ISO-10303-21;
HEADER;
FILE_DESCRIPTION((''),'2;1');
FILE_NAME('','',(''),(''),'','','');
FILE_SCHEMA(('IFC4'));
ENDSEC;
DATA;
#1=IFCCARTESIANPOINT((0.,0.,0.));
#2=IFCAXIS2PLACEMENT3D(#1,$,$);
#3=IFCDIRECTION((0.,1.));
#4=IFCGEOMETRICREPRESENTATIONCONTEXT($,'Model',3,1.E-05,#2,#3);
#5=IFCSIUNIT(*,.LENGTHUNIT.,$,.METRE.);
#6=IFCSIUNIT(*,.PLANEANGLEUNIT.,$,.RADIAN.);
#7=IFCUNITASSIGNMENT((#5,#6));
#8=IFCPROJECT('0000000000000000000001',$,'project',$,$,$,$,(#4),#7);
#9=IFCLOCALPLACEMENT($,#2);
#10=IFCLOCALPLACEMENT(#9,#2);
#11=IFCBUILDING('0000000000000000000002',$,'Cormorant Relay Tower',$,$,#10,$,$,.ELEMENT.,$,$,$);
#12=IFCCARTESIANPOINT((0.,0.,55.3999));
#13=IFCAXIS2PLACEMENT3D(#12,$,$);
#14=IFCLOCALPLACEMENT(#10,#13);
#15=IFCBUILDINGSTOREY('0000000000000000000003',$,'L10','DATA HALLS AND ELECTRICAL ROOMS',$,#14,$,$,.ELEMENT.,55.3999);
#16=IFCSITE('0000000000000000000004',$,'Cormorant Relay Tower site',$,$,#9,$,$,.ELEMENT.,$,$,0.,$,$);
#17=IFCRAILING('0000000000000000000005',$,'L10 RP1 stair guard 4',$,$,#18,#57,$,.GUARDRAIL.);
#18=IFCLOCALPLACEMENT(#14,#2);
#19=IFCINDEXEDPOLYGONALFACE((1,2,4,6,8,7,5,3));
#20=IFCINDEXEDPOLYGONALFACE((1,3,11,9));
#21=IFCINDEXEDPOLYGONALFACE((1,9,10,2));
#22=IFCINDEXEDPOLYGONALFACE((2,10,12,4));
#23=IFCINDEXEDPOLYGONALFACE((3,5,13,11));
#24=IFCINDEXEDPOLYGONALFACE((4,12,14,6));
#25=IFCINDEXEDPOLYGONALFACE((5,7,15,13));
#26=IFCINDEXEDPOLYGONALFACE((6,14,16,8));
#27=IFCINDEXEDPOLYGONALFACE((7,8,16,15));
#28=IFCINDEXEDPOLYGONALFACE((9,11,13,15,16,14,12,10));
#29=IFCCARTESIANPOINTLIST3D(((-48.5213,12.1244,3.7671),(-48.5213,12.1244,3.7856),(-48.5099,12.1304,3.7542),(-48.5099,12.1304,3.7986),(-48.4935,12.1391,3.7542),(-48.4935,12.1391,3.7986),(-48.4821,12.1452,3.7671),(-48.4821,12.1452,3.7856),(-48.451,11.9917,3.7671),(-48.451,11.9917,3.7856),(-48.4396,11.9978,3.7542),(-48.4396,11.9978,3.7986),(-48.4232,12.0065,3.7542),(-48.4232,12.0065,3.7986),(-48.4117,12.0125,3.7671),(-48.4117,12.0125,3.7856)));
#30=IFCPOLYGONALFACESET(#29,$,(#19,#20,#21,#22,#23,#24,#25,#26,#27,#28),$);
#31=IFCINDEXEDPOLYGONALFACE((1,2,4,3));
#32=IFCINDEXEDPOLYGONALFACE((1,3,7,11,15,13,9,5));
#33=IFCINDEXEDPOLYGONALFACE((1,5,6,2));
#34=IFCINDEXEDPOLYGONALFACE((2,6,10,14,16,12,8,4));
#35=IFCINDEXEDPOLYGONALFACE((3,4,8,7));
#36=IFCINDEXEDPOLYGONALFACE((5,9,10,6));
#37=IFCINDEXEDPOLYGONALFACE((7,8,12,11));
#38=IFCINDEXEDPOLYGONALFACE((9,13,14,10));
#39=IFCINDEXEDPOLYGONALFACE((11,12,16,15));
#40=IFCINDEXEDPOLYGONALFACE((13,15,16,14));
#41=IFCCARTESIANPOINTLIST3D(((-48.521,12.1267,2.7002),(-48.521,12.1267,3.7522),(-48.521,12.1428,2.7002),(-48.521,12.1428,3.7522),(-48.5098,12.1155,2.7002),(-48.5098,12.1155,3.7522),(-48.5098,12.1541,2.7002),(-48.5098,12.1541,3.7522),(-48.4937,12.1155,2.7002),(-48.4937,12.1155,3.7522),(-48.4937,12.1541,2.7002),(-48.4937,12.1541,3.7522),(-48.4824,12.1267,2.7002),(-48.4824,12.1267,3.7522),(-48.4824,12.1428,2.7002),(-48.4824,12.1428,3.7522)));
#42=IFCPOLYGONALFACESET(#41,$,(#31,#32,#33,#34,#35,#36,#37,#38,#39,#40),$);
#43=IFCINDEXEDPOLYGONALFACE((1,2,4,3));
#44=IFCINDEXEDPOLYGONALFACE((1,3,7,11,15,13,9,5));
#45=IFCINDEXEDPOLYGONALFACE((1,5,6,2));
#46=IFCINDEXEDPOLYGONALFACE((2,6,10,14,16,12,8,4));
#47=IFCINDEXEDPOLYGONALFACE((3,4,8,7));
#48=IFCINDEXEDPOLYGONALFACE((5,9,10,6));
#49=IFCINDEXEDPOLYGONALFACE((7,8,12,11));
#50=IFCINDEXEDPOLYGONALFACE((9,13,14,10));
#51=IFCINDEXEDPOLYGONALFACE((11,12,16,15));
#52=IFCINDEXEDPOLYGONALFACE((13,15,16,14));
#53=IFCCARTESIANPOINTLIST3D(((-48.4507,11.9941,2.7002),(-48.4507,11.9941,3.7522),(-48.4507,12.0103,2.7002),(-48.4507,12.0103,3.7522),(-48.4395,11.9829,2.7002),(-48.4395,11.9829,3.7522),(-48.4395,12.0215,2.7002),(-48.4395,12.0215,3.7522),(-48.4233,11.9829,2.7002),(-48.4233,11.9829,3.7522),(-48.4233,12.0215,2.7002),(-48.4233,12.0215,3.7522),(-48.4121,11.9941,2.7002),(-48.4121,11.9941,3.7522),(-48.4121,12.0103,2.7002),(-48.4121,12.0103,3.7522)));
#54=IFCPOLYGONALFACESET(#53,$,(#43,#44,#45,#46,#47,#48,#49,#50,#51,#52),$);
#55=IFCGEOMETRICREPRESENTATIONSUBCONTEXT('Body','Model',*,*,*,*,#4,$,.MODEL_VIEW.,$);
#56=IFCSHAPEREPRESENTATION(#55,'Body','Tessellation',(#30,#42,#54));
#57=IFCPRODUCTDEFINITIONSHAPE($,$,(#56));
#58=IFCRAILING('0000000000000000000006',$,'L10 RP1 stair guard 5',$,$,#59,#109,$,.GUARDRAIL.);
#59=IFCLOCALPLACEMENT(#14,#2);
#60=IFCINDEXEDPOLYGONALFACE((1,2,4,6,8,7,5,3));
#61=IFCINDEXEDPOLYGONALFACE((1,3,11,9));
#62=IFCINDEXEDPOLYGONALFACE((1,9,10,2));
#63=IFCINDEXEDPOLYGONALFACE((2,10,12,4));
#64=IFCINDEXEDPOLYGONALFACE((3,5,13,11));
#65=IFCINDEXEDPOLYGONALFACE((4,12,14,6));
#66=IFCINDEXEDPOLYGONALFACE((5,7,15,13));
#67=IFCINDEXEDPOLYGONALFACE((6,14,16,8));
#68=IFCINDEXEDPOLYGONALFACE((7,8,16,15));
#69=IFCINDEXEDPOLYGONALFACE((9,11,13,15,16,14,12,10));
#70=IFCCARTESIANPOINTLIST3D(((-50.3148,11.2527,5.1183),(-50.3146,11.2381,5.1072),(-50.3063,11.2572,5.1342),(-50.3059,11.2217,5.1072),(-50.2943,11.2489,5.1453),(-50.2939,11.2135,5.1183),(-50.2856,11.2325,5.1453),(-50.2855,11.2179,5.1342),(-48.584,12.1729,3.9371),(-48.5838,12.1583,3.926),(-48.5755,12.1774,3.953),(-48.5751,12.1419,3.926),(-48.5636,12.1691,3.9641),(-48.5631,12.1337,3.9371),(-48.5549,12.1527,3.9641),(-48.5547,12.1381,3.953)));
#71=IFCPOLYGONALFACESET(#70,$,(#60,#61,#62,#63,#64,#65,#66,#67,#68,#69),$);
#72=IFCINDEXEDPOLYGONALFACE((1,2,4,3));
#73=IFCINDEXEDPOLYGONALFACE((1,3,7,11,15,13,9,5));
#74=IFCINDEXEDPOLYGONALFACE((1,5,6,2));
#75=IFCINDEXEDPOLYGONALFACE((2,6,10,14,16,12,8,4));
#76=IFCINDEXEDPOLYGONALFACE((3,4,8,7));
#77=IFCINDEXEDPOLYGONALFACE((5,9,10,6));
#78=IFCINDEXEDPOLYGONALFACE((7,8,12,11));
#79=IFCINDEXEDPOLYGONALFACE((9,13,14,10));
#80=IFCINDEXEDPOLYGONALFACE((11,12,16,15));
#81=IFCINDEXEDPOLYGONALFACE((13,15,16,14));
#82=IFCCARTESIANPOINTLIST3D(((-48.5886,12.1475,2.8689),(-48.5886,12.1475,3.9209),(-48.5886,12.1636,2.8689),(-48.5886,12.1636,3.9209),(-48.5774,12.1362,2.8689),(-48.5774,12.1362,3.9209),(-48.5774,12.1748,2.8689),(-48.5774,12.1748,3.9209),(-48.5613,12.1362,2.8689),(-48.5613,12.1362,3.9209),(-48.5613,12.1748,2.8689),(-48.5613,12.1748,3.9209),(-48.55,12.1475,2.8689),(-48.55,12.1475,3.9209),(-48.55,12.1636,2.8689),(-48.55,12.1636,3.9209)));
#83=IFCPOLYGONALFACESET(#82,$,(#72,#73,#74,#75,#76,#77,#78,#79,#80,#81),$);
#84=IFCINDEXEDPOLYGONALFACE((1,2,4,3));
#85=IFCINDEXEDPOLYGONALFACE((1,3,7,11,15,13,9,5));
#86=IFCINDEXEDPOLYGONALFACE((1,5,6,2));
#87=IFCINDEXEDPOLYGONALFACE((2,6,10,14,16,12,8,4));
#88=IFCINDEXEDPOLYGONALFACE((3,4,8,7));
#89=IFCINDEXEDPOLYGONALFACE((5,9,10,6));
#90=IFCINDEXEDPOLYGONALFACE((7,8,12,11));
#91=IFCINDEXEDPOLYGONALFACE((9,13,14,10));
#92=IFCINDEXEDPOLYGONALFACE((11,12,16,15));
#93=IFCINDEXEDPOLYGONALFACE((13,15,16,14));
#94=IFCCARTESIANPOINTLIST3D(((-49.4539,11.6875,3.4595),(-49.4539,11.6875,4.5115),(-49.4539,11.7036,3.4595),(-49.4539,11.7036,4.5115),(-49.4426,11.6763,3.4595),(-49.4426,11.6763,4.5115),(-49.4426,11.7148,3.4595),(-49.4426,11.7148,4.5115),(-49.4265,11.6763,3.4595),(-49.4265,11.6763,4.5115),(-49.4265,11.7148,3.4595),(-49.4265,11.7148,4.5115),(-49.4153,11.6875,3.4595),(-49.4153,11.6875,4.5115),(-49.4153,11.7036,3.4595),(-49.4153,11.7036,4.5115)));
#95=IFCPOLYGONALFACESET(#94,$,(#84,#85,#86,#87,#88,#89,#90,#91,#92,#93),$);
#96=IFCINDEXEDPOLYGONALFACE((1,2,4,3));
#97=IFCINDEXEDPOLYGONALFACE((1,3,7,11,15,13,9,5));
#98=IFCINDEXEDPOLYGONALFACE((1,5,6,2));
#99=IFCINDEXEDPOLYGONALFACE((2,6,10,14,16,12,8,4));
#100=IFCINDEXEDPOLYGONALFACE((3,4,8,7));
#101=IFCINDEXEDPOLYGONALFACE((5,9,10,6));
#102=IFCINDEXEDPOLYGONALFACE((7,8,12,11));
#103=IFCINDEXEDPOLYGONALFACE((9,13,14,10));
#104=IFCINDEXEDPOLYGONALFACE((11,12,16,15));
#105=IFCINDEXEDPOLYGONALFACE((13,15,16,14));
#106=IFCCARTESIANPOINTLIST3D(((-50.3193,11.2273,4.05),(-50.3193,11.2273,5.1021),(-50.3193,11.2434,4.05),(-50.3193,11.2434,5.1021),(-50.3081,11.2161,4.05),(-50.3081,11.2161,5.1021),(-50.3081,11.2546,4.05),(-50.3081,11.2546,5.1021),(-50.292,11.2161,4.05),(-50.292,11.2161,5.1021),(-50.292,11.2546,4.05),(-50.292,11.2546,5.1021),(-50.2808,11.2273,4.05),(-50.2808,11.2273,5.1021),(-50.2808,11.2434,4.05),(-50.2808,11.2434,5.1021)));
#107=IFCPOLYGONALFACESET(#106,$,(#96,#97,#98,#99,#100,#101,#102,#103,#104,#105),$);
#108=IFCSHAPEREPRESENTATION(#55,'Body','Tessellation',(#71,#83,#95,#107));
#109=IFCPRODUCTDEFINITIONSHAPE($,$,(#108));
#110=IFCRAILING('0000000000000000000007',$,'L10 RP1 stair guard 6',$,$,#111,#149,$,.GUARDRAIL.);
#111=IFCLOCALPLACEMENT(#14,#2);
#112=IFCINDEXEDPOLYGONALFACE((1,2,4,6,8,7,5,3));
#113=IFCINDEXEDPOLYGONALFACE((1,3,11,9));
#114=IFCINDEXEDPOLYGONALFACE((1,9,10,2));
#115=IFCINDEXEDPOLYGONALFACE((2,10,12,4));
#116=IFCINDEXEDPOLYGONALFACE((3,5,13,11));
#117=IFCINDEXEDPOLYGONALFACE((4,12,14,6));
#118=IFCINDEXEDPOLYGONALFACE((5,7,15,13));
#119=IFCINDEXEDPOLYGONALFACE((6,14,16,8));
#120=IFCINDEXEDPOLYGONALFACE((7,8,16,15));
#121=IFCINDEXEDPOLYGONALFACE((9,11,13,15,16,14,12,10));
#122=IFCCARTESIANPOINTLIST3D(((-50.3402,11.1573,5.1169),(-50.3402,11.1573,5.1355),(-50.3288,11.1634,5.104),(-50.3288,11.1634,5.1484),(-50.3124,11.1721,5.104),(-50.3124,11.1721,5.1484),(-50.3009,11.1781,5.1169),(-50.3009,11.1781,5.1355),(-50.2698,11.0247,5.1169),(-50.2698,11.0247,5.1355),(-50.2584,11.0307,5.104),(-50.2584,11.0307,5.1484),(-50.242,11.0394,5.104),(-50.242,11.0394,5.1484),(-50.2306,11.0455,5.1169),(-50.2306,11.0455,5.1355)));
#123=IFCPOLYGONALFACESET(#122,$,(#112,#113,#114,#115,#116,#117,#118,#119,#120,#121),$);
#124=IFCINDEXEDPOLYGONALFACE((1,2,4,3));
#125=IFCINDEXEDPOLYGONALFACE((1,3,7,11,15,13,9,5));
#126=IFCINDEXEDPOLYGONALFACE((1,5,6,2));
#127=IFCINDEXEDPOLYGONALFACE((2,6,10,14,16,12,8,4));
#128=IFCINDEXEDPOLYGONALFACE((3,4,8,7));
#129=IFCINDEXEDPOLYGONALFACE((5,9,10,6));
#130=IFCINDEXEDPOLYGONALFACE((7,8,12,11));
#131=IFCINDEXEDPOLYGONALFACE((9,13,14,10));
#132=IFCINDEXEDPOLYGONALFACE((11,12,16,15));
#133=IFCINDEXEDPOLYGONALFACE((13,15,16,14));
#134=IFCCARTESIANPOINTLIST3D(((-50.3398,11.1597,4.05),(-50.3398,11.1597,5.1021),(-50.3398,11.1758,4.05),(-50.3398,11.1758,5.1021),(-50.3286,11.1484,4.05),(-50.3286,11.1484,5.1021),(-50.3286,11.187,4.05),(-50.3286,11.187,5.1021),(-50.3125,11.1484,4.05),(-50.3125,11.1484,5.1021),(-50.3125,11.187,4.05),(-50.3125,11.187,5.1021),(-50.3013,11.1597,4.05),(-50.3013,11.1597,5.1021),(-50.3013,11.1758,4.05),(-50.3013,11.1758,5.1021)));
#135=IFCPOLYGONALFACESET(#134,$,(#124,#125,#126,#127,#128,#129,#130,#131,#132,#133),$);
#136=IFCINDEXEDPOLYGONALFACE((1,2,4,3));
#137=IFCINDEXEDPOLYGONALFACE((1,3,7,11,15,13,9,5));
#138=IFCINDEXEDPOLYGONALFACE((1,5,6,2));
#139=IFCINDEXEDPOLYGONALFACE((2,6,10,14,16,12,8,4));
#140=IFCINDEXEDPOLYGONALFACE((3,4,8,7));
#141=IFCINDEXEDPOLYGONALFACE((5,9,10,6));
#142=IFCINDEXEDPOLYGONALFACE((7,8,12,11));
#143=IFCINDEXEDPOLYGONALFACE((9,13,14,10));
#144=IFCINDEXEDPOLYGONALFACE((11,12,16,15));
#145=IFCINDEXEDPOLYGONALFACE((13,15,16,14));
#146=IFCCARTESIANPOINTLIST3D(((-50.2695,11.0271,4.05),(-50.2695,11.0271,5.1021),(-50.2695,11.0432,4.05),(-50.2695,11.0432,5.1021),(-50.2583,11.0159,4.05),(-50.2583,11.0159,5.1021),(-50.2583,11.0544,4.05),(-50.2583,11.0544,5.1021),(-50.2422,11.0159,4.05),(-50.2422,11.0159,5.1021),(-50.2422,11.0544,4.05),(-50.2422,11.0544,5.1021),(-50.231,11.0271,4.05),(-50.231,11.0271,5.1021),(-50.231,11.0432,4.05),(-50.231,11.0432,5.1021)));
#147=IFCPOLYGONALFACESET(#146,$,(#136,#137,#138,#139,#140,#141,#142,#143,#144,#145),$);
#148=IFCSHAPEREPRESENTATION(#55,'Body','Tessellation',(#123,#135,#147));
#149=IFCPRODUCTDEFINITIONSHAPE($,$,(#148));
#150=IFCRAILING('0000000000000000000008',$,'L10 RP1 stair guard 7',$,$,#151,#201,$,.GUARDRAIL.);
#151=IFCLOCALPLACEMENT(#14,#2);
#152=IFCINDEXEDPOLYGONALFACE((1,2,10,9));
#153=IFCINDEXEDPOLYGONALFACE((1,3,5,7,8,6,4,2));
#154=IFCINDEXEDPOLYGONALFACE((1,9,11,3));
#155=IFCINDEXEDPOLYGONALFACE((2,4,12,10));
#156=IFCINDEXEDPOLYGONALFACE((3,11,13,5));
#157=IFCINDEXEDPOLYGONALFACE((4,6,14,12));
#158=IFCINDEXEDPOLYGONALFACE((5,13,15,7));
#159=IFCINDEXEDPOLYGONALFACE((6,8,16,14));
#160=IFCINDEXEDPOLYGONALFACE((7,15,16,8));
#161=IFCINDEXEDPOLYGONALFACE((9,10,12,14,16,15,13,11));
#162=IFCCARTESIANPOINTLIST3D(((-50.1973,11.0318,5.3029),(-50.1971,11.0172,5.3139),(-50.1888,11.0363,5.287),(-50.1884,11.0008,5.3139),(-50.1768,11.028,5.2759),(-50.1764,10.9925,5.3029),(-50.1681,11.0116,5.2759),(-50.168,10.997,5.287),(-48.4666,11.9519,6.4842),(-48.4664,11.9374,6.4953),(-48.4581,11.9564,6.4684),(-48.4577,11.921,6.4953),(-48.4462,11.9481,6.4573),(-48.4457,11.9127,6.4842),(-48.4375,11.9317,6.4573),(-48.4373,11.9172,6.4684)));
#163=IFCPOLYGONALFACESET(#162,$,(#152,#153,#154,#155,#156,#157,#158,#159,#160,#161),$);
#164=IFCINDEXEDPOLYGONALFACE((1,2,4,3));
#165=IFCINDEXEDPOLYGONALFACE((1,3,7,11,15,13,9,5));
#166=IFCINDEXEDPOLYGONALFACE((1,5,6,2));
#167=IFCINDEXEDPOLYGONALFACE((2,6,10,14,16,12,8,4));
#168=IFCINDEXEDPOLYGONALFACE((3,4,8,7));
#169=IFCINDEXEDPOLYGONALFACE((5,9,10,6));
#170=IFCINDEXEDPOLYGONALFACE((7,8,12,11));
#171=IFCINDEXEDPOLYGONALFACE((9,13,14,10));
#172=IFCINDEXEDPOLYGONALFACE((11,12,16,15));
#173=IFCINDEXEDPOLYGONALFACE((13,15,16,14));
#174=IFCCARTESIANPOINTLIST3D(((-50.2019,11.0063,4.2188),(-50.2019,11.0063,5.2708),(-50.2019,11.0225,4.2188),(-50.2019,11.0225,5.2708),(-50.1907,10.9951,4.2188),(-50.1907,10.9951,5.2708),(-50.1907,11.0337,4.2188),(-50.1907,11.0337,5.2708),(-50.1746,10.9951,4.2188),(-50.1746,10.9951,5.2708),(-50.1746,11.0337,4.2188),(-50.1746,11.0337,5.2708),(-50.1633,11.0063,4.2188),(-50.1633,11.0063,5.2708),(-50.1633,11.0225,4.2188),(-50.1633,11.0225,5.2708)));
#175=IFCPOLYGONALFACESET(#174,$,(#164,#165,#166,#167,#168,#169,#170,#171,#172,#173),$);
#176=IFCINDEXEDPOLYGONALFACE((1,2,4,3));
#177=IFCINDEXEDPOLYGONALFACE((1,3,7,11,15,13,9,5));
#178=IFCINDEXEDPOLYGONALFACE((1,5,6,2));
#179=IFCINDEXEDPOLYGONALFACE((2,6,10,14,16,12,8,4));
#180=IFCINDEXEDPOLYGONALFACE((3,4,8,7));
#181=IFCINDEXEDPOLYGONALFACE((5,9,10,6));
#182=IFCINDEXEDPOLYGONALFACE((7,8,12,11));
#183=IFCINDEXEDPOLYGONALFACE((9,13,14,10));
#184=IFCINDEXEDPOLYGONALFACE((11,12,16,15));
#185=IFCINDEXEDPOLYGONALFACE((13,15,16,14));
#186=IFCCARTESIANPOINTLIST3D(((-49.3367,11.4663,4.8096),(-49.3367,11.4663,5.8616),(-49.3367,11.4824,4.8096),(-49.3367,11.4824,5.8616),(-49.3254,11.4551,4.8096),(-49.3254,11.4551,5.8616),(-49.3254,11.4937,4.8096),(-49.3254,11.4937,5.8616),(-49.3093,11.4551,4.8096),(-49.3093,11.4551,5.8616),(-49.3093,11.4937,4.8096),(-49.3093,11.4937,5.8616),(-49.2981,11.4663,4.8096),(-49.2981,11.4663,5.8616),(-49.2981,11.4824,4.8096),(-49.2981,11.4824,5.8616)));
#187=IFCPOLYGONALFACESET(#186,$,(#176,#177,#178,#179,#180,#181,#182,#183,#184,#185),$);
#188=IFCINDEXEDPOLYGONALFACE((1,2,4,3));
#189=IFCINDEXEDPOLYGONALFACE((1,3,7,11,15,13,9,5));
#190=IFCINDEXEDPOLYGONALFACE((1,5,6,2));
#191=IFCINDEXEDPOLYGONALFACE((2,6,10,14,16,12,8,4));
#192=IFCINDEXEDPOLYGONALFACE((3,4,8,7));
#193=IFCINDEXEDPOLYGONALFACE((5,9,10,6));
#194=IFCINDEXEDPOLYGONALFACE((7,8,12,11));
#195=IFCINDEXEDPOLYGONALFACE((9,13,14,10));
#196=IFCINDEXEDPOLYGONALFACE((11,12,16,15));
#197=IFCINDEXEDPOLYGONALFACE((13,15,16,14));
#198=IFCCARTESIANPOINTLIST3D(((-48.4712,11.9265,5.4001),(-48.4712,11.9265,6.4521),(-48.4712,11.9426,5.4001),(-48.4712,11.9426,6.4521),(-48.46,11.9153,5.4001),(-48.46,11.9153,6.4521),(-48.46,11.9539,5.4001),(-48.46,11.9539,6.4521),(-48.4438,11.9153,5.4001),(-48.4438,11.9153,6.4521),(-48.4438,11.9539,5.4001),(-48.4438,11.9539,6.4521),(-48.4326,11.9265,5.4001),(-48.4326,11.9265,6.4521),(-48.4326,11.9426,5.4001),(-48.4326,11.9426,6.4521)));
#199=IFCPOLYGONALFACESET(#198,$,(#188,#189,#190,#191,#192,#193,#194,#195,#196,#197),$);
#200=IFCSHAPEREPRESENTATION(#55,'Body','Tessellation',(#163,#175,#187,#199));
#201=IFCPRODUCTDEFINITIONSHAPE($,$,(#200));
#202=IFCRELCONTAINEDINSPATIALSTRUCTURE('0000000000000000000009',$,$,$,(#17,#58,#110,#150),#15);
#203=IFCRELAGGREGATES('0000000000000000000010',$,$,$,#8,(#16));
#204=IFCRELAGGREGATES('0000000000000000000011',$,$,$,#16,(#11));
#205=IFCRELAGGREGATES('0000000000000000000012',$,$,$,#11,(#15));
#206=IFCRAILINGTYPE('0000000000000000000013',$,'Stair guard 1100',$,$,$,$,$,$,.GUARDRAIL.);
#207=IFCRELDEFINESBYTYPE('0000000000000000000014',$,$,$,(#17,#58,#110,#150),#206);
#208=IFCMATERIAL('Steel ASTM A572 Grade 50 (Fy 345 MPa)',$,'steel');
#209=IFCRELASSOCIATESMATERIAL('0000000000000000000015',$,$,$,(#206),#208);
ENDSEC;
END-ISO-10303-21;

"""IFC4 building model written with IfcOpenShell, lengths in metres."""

from ifc_helpers import new_model, si_unit, direction, frame, origin, place, context, subcontext, project, spatial, polyline, outline, extrude, material, type_object, element, save


model = new_model("IFC4")

# Units and contexts
model_context = context("Model", 3, precision=1e-05, world=origin(), true_north=direction((0.0, 1.0)))
body_context = subcontext(model_context, "Body", "Model", "MODEL_VIEW")
ifc_project = project(units=[si_unit("LENGTHUNIT", "METRE"), si_unit("PLANEANGLEUNIT", "RADIAN")], contexts=[model_context])

# Site, building, storey
site_placement = place(None, origin())
site = spatial("IfcSite", under=ifc_project, at=site_placement, Name="Cormorant Relay Tower site", CompositionType="ELEMENT", RefElevation=0.0)
building_placement = place(site_placement, origin())
building = spatial("IfcBuilding", under=site, at=building_placement, Name="Cormorant Relay Tower", CompositionType="ELEMENT")
storey_placement = place(building_placement, frame((0.0, 0.0, 55.3999)))
storey = spatial("IfcBuildingStorey", under=building, at=storey_placement, Name="L10", Description="DATA HALLS AND ELECTRICAL ROOMS", CompositionType="ELEMENT", Elevation=55.3999)

# Railings
ifc_material_1 = material(Name="Steel ASTM A572 Grade 50 (Fy 345 MPa)", Category="steel")
railing_type_1 = type_object("IfcRailingType", Name="Stair guard 1100", PredefinedType="GUARDRAIL", material=ifc_material_1)
railing_1_placement = place(storey_placement, frame((-48.5017, 12.1348, 2.7002)))
element("IfcRailing", 1, at=railing_1_placement, inside=storey, type_object=railing_type_1, Name="L10 RP1 stair guard 4", PredefinedType="GUARDRAIL", context=body_context, shape_type="SweptSolid", body=[
    extrude(outline(polyline([(0.0222, 0.0093), (0.0093, 0.0222), (-0.0093, 0.0222), (-0.0222, 0.0093), (-0.0222, -0.0093), (-0.0093, -0.0222), (0.0093, -0.0222), (0.0222, -0.0093), (0.0222, 0.0093)])), frame((0.0, 0.0, 1.0762), z_axis=(0.46856, -0.883431, 0.0), x_axis=(0.883431, 0.46856, 0.0)), (0.0, 0.0, 1.0), 0.1501),
    extrude(outline(polyline([(0.0193, 0.0081), (0.0081, 0.0193), (-0.0081, 0.0193), (-0.0193, 0.0081), (-0.0193, -0.0081), (-0.0081, -0.0193), (0.0081, -0.0193), (0.0193, -0.0081), (0.0193, 0.0081)])), origin(), (0.0, 0.0, 1.0), 1.052),
    extrude(outline(polyline([(0.0193, 0.0081), (0.0081, 0.0193), (-0.0081, 0.0193), (-0.0193, 0.0081), (-0.0193, -0.0081), (-0.0081, -0.0193), (0.0081, -0.0193), (0.0193, -0.0081), (0.0193, 0.0081)])), frame((0.0703, -0.1326, 0.0)), (0.0, 0.0, 1.0), 1.052),
])
railing_2_placement = place(storey_placement, frame((-48.5693, 12.1555, 2.8689)))
element("IfcRailing", 2, at=railing_2_placement, inside=storey, type_object=railing_type_1, Name="L10 RP1 stair guard 5", PredefinedType="GUARDRAIL", context=body_context, shape_type="SweptSolid", body=[
    extrude(outline(polyline([(0.0222, 0.0093), (0.0093, 0.0222), (-0.0093, 0.0222), (-0.0222, 0.0093), (-0.0222, -0.0093), (-0.0093, -0.0222), (0.0093, -0.0222), (0.0222, -0.0093), (0.0222, 0.0093)])), frame((0.0, 0.0, 1.0762), z_axis=(-0.756268, -0.402084, 0.516127), x_axis=(0.469444, -0.882962, 0.0)), (0.0, 0.0, 1.0), 2.2886),
    extrude(outline(polyline([(0.0193, 0.0081), (0.0081, 0.0193), (-0.0081, 0.0193), (-0.0193, 0.0081), (-0.0193, -0.0081), (-0.0081, -0.0193), (0.0081, -0.0193), (0.0193, -0.0081), (0.0193, 0.0081)])), origin(), (0.0, 0.0, 1.0), 1.052),
    extrude(outline(polyline([(0.0193, 0.0081), (0.0081, 0.0193), (-0.0081, 0.0193), (-0.0193, 0.0081), (-0.0193, -0.0081), (-0.0081, -0.0193), (0.0081, -0.0193), (0.0193, -0.0081), (0.0193, 0.0081)])), frame((-0.8652, -0.46, 0.5906)), (0.0, 0.0, 1.0), 1.052),
    extrude(outline(polyline([(0.0193, 0.0081), (0.0081, 0.0193), (-0.0081, 0.0193), (-0.0193, 0.0081), (-0.0193, -0.0081), (-0.0081, -0.0193), (0.0081, -0.0193), (0.0193, -0.0081), (0.0193, 0.0081)])), frame((-1.7307, -0.9202, 1.1812)), (0.0, 0.0, 1.0), 1.052),
])
railing_3_placement = place(storey_placement, frame((-50.3206, 11.1677, 4.05)))
element("IfcRailing", 3, at=railing_3_placement, inside=storey, type_object=railing_type_1, Name="L10 RP1 stair guard 6", PredefinedType="GUARDRAIL", context=body_context, shape_type="SweptSolid", body=[
    extrude(outline(polyline([(0.0222, 0.0093), (0.0093, 0.0222), (-0.0093, 0.0222), (-0.0222, 0.0093), (-0.0222, -0.0093), (-0.0093, -0.0222), (0.0093, -0.0222), (0.0222, -0.0093), (0.0222, 0.0093)])), frame((0.0, 0.0, 1.0762), z_axis=(0.46856, -0.883431, 0.0), x_axis=(0.883431, 0.46856, 0.0)), (0.0, 0.0, 1.0), 0.1501),
    extrude(outline(polyline([(0.0193, 0.0081), (0.0081, 0.0193), (-0.0081, 0.0193), (-0.0193, 0.0081), (-0.0193, -0.0081), (-0.0081, -0.0193), (0.0081, -0.0193), (0.0193, -0.0081), (0.0193, 0.0081)])), origin(), (0.0, 0.0, 1.0), 1.052),
    extrude(outline(polyline([(0.0193, 0.0081), (0.0081, 0.0193), (-0.0081, 0.0193), (-0.0193, 0.0081), (-0.0193, -0.0081), (-0.0081, -0.0193), (0.0081, -0.0193), (0.0193, -0.0081), (0.0193, 0.0081)])), frame((0.0703, -0.1326, 0.0)), (0.0, 0.0, 1.0), 1.052),
])
railing_4_placement = place(storey_placement, frame((-50.1826, 11.0144, 4.2188)))
element("IfcRailing", 4, at=railing_4_placement, inside=storey, type_object=railing_type_1, Name="L10 RP1 stair guard 7", PredefinedType="GUARDRAIL", context=body_context, shape_type="SweptSolid", body=[
    extrude(outline(polyline([(0.0222, 0.0093), (0.0093, 0.0222), (-0.0093, 0.0222), (-0.0222, 0.0093), (-0.0222, -0.0093), (-0.0093, -0.0222), (0.0093, -0.0222), (0.0222, -0.0093), (0.0222, 0.0093)])), frame((0.0, 0.0, 1.0762), z_axis=(0.756226, 0.402062, 0.516205), x_axis=(-0.469444, 0.882962, 0.0)), (0.0, 0.0, 1.0), 2.2886),
    extrude(outline(polyline([(0.0193, 0.0081), (0.0081, 0.0193), (-0.0081, 0.0193), (-0.0193, 0.0081), (-0.0193, -0.0081), (-0.0081, -0.0193), (0.0081, -0.0193), (0.0193, -0.0081), (0.0193, 0.0081)])), origin(), (0.0, 0.0, 1.0), 1.052),
    extrude(outline(polyline([(0.0193, 0.0081), (0.0081, 0.0193), (-0.0081, 0.0193), (-0.0193, 0.0081), (-0.0193, -0.0081), (-0.0081, -0.0193), (0.0081, -0.0193), (0.0193, -0.0081), (0.0193, 0.0081)])), frame((0.8652, 0.46, 0.5908)), (0.0, 0.0, 1.0), 1.052),
    extrude(outline(polyline([(0.0193, 0.0081), (0.0081, 0.0193), (-0.0081, 0.0193), (-0.0193, 0.0081), (-0.0193, -0.0081), (-0.0081, -0.0193), (0.0081, -0.0193), (0.0193, -0.0081), (0.0193, 0.0081)])), frame((1.7307, 0.9202, 1.1814)), (0.0, 0.0, 1.0), 1.052),
])

save(model, "model.ifc")
